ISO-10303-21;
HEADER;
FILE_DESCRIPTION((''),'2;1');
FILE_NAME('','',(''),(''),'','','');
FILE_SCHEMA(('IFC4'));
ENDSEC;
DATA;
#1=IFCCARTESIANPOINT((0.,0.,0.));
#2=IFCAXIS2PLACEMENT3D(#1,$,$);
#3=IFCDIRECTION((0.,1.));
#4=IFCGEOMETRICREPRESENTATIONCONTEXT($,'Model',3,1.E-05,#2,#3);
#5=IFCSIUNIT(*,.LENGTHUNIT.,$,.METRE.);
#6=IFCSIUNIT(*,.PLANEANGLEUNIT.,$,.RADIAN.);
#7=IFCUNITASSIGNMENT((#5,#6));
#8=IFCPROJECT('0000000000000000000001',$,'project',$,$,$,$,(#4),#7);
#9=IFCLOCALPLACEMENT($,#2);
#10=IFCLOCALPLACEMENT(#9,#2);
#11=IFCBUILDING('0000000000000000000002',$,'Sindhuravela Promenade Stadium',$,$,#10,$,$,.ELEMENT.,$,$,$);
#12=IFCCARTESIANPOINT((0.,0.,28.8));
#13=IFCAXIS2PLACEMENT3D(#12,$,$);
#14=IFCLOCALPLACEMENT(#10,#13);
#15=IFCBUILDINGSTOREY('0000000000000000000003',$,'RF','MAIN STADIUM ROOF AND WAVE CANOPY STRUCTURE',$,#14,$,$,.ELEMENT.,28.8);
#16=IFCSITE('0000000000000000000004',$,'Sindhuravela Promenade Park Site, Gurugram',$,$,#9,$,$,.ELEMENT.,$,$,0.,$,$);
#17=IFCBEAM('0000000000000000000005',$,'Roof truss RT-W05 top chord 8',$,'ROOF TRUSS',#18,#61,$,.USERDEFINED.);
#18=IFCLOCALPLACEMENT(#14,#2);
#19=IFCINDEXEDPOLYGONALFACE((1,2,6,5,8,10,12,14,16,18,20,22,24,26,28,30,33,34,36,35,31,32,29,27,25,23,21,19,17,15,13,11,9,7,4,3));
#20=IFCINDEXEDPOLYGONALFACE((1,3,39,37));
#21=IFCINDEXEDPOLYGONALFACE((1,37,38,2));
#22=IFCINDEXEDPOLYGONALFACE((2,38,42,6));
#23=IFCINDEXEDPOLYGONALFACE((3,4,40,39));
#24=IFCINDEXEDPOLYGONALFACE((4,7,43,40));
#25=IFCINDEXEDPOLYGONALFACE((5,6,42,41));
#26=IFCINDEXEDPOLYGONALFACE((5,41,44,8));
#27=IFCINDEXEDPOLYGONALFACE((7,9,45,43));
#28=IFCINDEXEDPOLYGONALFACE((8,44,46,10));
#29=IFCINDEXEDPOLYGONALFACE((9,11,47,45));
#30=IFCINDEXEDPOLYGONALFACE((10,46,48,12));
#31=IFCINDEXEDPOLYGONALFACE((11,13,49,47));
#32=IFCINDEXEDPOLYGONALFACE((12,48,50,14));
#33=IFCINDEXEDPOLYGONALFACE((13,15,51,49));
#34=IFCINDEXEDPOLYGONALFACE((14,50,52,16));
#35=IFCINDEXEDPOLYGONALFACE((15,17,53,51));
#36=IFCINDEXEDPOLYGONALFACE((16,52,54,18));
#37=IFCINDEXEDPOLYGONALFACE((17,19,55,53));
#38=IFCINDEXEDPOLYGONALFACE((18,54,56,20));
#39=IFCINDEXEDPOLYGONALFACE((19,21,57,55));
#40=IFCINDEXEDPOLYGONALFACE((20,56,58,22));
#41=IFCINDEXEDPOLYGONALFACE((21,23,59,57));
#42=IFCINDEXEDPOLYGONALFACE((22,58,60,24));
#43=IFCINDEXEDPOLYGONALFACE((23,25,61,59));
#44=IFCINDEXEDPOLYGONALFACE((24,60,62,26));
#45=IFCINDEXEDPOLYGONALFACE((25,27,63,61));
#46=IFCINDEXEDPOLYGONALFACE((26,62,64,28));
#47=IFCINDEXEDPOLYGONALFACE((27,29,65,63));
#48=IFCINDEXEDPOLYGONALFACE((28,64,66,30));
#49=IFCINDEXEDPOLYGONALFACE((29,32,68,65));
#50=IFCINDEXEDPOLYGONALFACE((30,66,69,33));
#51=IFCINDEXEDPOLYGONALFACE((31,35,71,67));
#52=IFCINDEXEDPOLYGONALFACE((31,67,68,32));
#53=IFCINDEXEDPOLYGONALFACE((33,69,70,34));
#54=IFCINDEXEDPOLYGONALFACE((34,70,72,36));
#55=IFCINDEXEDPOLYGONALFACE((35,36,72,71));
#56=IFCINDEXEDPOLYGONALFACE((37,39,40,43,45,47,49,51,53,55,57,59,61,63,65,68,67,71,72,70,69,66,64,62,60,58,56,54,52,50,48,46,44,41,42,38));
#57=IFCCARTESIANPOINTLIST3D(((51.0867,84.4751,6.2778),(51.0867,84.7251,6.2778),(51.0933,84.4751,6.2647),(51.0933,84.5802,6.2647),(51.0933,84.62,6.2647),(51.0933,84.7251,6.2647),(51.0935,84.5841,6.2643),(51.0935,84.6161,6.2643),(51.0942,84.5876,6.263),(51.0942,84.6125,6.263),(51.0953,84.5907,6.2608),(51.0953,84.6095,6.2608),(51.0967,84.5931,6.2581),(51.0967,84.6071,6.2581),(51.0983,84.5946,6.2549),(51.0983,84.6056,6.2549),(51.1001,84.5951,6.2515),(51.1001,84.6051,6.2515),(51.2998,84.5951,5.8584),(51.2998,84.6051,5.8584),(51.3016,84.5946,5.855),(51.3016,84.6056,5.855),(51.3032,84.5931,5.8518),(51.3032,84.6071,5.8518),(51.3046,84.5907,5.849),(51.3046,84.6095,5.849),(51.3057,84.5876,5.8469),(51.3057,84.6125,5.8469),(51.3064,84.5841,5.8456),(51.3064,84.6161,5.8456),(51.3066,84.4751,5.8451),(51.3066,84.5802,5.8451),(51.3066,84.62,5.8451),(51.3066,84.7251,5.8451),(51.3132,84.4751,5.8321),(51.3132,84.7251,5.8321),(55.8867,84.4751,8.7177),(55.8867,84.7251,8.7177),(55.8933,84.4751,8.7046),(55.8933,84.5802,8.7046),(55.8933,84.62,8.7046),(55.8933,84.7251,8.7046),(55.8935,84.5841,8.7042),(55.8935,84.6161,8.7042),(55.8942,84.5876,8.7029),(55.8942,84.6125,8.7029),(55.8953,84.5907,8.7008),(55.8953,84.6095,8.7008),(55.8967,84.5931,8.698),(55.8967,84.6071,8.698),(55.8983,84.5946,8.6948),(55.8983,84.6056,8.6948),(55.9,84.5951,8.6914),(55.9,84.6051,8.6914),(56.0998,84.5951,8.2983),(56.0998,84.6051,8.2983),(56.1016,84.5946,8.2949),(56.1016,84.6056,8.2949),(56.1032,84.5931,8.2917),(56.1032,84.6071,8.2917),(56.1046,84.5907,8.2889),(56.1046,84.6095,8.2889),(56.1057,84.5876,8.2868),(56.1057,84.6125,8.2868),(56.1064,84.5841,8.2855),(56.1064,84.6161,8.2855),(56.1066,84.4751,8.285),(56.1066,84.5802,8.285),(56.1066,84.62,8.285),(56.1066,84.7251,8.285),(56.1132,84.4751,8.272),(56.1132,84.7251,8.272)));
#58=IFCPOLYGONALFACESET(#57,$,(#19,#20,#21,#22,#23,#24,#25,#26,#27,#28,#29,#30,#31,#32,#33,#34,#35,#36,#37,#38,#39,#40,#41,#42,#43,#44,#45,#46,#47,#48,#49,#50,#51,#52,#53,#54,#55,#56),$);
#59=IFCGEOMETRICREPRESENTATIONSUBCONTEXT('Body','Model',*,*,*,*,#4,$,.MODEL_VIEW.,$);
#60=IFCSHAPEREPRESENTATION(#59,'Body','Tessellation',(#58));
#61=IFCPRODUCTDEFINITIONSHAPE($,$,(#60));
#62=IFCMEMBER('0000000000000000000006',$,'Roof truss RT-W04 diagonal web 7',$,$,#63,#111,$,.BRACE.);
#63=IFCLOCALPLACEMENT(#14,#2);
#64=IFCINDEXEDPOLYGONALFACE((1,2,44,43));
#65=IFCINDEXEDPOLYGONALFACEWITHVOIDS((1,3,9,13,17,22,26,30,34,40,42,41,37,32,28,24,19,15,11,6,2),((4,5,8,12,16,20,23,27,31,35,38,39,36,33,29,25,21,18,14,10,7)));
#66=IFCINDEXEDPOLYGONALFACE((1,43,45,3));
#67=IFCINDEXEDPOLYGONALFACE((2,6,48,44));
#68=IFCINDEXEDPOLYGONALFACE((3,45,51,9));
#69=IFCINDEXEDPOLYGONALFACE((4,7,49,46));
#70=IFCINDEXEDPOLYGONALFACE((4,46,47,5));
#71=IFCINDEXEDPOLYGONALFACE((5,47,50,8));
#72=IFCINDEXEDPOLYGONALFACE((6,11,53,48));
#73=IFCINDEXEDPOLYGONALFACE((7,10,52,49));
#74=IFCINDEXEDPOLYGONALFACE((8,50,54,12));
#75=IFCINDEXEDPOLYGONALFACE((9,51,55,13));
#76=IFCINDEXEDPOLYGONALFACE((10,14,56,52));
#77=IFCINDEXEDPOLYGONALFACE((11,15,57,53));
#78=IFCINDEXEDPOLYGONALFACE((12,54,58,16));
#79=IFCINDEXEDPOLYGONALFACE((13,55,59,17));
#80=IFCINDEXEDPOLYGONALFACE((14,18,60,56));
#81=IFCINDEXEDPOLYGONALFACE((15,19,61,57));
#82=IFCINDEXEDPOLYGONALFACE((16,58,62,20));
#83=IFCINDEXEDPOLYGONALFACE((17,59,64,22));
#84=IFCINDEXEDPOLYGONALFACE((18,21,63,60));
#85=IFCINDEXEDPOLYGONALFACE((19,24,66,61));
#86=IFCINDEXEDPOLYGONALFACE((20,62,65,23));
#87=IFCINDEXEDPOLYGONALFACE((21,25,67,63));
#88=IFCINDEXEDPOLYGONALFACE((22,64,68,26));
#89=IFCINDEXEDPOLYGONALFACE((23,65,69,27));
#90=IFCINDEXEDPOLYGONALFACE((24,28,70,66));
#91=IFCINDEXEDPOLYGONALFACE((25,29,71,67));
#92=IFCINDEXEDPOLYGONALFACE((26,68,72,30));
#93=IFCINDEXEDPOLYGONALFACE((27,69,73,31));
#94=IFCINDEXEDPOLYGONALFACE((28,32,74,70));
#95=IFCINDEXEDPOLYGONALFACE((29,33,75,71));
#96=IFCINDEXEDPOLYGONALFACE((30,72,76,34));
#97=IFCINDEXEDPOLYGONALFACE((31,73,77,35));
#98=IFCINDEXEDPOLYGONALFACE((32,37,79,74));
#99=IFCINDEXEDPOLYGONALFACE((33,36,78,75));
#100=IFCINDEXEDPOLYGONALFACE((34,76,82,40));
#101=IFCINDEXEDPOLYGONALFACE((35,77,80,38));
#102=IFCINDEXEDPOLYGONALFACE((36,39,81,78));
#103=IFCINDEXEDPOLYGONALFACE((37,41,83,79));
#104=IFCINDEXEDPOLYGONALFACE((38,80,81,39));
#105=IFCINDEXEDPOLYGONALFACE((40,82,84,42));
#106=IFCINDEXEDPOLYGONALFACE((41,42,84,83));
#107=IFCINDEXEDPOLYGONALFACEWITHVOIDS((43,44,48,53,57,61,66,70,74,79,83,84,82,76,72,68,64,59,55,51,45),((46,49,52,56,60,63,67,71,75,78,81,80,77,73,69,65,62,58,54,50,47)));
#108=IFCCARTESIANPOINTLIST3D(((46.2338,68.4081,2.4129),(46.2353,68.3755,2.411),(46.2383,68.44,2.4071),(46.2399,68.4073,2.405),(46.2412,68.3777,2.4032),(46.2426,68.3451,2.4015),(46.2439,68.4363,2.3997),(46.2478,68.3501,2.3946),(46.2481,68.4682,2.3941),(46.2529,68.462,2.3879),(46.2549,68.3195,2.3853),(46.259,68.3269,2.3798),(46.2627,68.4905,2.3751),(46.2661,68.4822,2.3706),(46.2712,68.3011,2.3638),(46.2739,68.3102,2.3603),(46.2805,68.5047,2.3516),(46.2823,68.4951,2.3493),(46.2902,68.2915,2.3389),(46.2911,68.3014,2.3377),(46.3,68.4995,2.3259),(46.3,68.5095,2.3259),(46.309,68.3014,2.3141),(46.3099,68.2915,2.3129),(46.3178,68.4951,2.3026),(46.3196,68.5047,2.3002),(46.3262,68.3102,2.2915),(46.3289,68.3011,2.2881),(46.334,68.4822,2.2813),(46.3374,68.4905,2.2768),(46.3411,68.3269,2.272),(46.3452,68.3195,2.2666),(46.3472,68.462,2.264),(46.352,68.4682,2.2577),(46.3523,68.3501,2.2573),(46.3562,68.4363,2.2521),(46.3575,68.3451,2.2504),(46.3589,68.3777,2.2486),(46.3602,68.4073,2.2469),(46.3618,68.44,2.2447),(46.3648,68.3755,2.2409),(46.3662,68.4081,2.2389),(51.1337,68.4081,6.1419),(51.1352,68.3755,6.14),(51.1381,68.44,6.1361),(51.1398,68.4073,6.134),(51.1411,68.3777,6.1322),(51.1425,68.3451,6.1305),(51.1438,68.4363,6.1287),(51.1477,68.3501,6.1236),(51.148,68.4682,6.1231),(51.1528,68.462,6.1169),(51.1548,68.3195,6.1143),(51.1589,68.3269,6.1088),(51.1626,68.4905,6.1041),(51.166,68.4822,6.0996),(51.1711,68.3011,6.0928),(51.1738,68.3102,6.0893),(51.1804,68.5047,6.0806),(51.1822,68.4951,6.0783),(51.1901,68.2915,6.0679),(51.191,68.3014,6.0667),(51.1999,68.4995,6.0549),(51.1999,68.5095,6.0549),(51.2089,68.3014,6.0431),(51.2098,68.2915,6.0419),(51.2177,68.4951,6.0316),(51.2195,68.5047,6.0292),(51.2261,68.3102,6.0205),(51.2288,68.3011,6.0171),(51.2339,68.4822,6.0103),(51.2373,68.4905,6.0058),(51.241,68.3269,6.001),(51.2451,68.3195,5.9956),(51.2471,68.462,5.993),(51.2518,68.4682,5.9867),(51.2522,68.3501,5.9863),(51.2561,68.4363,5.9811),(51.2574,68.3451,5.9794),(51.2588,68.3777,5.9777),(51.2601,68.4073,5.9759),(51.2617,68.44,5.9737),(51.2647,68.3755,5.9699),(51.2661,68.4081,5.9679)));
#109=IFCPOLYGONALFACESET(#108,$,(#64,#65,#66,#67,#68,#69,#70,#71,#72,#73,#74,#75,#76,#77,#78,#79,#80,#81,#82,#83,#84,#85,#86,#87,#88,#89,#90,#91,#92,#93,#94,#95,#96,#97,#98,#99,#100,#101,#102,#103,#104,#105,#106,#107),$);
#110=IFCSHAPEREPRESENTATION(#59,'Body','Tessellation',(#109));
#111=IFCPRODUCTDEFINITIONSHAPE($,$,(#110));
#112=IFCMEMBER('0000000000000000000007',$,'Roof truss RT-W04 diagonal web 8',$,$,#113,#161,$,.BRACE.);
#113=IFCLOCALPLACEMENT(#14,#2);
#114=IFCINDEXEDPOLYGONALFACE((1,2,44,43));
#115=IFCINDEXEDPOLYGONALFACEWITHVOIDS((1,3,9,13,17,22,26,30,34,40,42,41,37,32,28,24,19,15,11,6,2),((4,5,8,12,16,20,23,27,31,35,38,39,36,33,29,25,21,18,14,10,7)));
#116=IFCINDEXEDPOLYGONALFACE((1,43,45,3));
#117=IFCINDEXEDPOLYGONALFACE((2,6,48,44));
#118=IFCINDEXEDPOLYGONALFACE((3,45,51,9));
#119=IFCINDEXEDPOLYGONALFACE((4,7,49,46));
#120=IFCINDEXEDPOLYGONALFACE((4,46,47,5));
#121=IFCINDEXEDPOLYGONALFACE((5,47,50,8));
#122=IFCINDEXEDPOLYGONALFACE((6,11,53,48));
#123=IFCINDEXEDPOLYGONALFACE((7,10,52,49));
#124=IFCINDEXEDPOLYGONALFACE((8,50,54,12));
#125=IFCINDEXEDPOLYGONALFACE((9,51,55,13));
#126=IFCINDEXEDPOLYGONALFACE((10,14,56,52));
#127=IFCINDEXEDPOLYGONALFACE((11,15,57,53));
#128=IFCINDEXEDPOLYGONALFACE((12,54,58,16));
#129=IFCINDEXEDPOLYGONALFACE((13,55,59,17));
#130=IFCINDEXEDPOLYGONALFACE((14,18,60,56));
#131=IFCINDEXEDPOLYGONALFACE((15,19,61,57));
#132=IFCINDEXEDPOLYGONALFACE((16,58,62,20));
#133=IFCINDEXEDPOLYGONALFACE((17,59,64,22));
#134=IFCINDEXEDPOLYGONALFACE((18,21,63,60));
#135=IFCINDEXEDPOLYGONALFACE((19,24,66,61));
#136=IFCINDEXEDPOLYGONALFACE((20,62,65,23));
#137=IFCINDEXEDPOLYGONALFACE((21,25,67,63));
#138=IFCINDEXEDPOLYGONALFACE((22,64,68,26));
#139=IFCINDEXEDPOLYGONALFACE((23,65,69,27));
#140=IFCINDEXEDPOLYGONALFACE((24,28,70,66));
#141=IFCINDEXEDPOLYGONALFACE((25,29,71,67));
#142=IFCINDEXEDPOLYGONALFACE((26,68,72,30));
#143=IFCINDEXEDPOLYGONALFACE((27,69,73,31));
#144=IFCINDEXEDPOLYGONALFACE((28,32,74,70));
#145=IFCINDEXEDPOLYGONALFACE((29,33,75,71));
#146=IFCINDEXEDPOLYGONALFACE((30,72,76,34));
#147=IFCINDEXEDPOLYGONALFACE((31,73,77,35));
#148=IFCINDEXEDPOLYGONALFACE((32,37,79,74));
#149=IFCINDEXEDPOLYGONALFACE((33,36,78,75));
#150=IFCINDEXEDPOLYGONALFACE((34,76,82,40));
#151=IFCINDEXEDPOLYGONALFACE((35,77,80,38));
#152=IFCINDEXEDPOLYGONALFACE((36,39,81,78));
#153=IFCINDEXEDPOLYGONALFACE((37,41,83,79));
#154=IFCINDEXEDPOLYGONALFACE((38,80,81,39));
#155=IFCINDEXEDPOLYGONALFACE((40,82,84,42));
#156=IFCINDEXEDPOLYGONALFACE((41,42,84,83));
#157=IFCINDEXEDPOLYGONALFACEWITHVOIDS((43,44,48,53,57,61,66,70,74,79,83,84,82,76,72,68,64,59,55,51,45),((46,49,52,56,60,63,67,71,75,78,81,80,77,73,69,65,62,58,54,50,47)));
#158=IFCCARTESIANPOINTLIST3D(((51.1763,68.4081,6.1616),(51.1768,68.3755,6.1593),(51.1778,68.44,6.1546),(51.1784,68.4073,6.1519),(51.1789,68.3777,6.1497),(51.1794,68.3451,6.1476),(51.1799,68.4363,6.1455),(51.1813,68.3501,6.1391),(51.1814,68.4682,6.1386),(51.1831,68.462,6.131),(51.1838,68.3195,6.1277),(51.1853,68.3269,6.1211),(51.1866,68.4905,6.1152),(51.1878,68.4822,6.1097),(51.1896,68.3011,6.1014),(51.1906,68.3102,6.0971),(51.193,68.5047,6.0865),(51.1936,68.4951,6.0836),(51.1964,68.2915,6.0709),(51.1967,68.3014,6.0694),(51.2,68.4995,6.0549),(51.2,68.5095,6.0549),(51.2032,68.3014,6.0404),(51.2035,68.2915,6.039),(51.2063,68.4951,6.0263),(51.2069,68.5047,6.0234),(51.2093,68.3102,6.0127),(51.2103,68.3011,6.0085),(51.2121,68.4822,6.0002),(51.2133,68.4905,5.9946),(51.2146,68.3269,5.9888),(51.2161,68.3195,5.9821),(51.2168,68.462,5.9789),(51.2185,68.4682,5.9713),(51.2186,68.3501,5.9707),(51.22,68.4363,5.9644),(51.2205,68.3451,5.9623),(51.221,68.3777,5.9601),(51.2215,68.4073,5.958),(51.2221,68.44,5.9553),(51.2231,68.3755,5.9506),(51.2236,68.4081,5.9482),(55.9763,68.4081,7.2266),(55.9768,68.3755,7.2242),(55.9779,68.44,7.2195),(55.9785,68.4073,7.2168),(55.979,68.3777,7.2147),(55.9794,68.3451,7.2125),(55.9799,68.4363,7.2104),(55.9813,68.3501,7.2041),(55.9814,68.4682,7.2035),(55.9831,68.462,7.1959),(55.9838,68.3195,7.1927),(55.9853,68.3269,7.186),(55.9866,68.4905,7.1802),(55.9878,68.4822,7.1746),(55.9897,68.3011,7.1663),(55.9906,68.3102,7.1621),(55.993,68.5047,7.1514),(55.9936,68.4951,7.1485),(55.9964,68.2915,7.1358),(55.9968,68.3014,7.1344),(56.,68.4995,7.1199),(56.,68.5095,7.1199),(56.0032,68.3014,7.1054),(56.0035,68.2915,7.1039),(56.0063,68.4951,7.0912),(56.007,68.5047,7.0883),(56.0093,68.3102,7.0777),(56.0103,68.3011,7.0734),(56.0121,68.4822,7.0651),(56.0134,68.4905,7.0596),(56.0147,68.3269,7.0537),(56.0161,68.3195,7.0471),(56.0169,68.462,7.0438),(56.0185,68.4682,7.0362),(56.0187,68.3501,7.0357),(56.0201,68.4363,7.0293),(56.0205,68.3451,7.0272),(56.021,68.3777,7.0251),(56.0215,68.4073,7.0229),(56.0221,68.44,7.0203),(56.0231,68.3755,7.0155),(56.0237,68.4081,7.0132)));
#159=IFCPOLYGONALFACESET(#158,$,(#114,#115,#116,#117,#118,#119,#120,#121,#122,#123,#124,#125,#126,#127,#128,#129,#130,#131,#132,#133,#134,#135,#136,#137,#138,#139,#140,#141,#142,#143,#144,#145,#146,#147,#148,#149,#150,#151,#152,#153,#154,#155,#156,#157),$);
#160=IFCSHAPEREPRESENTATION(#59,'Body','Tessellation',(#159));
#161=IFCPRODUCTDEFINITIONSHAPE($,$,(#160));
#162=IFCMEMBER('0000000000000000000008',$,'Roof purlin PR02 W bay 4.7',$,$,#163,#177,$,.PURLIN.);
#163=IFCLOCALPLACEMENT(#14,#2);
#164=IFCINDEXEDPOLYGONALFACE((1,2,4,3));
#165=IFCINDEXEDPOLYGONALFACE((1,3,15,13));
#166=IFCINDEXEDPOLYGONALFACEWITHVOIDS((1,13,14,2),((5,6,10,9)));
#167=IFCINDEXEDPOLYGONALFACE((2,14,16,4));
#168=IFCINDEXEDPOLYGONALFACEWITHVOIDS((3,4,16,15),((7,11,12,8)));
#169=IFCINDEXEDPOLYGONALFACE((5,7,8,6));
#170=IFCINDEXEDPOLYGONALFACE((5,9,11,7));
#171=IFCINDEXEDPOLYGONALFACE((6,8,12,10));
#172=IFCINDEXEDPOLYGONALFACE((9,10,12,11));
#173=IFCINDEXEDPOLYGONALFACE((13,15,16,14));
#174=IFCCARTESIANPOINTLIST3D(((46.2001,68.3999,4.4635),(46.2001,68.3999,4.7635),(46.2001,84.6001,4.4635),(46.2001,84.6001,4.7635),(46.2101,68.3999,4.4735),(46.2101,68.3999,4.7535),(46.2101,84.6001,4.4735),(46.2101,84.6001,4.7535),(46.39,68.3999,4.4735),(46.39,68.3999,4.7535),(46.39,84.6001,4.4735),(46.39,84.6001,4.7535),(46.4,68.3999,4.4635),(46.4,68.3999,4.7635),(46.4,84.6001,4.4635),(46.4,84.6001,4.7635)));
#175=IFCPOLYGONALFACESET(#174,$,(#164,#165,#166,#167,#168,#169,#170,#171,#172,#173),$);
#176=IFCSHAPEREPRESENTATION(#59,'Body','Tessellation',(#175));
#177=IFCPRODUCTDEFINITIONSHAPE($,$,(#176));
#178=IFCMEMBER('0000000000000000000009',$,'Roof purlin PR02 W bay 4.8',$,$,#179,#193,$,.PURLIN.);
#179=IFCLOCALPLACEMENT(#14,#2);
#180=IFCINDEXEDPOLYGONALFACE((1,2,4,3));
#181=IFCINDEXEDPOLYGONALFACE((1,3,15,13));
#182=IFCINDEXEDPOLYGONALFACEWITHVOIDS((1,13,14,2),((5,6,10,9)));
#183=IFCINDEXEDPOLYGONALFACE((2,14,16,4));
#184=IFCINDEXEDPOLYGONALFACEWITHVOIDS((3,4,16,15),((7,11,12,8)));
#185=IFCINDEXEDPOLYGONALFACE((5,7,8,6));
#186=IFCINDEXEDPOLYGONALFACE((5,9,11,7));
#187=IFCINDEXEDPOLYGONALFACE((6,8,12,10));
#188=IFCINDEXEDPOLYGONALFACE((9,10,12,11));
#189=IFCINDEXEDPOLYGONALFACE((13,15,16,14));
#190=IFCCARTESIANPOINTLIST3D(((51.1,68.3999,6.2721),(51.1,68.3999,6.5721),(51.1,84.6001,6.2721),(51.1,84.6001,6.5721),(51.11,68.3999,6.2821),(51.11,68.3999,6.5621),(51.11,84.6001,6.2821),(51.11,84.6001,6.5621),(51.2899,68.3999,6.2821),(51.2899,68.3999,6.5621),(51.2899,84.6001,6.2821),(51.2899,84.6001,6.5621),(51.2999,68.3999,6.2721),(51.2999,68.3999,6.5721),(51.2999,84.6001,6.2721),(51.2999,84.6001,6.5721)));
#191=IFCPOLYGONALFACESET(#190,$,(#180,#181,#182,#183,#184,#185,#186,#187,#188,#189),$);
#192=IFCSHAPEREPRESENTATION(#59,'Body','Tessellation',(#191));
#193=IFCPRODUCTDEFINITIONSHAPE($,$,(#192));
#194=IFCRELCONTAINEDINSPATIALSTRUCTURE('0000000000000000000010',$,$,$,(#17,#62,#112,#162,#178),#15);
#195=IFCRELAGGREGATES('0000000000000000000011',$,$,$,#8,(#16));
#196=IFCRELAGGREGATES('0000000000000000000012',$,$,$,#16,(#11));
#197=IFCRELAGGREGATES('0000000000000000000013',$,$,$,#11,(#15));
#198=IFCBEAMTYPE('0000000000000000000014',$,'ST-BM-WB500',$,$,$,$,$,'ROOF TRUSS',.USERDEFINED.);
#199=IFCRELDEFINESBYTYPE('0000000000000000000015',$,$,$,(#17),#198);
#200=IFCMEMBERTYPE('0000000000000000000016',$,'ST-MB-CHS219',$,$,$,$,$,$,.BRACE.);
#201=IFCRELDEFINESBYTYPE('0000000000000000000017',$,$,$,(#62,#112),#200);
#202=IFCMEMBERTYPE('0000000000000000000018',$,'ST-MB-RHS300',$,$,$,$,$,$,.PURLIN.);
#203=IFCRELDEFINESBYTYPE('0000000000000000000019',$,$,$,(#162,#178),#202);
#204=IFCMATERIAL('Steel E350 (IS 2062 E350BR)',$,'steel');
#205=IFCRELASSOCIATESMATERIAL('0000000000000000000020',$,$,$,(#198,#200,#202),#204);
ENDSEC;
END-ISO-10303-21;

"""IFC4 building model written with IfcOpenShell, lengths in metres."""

from ifc_helpers import new_model, si_unit, direction, frame, origin, origin_2d, place, context, subcontext, project, spatial, hollow_rectangle, hollow_circle, i_section, extrude, material, material_profile, profile_set, type_object, element, save


model = new_model("IFC4")

# Units and contexts
model_context = context("Model", 3, precision=1e-05, world=origin(), true_north=direction((0.0, 1.0)))
body_context = subcontext(model_context, "Body", "Model", "MODEL_VIEW")
ifc_project = project(units=[si_unit("LENGTHUNIT", "METRE"), si_unit("PLANEANGLEUNIT", "RADIAN")], contexts=[model_context])

# Site, building, storey
site_placement = place(None, origin())
site = spatial("IfcSite", under=ifc_project, at=site_placement, Name="Sindhuravela Promenade Park Site, Gurugram", CompositionType="ELEMENT", RefElevation=0.0)
building_placement = place(site_placement, origin())
building = spatial("IfcBuilding", under=site, at=building_placement, Name="Sindhuravela Promenade Stadium", CompositionType="ELEMENT")
storey_placement = place(building_placement, frame((0.0, 0.0, 28.8)))
storey = spatial("IfcBuildingStorey", under=building, at=storey_placement, Name="RF", Description="MAIN STADIUM ROOF AND WAVE CANOPY STRUCTURE", CompositionType="ELEMENT", Elevation=28.8)

# Beam
ifc_material_1 = material(Name="Steel E350 (IS 2062 E350BR)", Category="steel")
ifc_material_profile_1 = material_profile(ifc_material_1, i_section(OverallWidth=0.25, OverallDepth=0.5, WebThickness=0.01, FlangeThickness=0.0146, FilletRadius=0.0149, at=origin_2d()), Name="ISWB 500")
ifc_profile_set_1 = profile_set([ifc_material_profile_1], Name="Steel E350 (IS 2062 E350BR)")
beam_type = type_object("IfcBeamType", Name="ST-BM-WB500", ElementType="ROOF TRUSS", PredefinedType="USERDEFINED", material=ifc_profile_set_1)
beam_1_placement = place(storey_placement, frame((51.2, 84.6001, 6.0549), z_axis=(0.891442, 0.0, 0.453134), x_axis=(0.0, 1.0, 0.0)))
element("IfcBeam", 1, at=beam_1_placement, inside=storey, type_object=beam_type, Name="Roof truss RT-W05 top chord 8", ObjectType="ROOF TRUSS", PredefinedType="USERDEFINED", context=body_context, shape_type="SweptSolid", body=[
    extrude(i_section(OverallWidth=0.25, OverallDepth=0.5, WebThickness=0.01, FlangeThickness=0.0146, FilletRadius=0.0149, at=origin_2d()), origin(), (0.0, 0.0, 1.0), 5.3845),
])

# Members
ifc_material_profile_2 = material_profile(ifc_material_1, hollow_circle(Radius=0.1096, WallThickness=0.01, at=origin_2d()), Name="CHS 219.1x10")
ifc_profile_set_2 = profile_set([ifc_material_profile_2], Name="Steel E350 (IS 2062 E350BR)")
member_type_1 = type_object("IfcMemberType", Name="ST-MB-CHS219", PredefinedType="BRACE", material=ifc_profile_set_2)
member_1_placement = place(storey_placement, frame((46.3, 68.3999, 2.3259), z_axis=(0.795765, 0.0, 0.605606), x_axis=(0.0, 1.0, 0.0)))
element("IfcMember", 2, at=member_1_placement, inside=storey, type_object=member_type_1, Name="Roof truss RT-W04 diagonal web 7", PredefinedType="BRACE", context=body_context, shape_type="SweptSolid", body=[
    extrude(hollow_circle(Radius=0.1096, WallThickness=0.01, at=origin_2d()), origin(), (0.0, 0.0, 1.0), 6.1575),
])
member_2_placement = place(storey_placement, frame((51.2, 68.3999, 6.0549), z_axis=(0.976262, 0.0, 0.216594), x_axis=(0.0, 1.0, 0.0)))
element("IfcMember", 3, at=member_2_placement, inside=storey, type_object=member_type_1, Name="Roof truss RT-W04 diagonal web 8", PredefinedType="BRACE", context=body_context, shape_type="SweptSolid", body=[
    extrude(hollow_circle(Radius=0.1096, WallThickness=0.01, at=origin_2d()), origin(), (0.0, 0.0, 1.0), 4.9167),
])
ifc_material_profile_3 = material_profile(ifc_material_1, hollow_rectangle(XDim=0.2, YDim=0.3, WallThickness=0.01, at=origin_2d()), Name="RHS 300x200x10")
ifc_profile_set_3 = profile_set([ifc_material_profile_3], Name="Steel E350 (IS 2062 E350BR)")
member_type_2 = type_object("IfcMemberType", Name="ST-MB-RHS300", PredefinedType="PURLIN", material=ifc_profile_set_3)
for number, where, z_axis, x_axis, name in (
    (4, (46.3, 68.3999, 4.6135), (0.0, 1.0, 0.0), (-1.0, 0.0, 0.0), "Roof purlin PR02 W bay 4.7"),
    (5, (51.2, 68.3999, 6.4221), (0.0, 1.0, 0.0), (-1.0, 0.0, 0.0), "Roof purlin PR02 W bay 4.8"),
):
    element("IfcMember", number, at=place(storey_placement, frame(where, z_axis=z_axis, x_axis=x_axis)), inside=storey, type_object=member_type_2, Name=name, PredefinedType="PURLIN", context=body_context, shape_type="SweptSolid", body=[
        extrude(hollow_rectangle(XDim=0.2, YDim=0.3, WallThickness=0.01, at=origin_2d()), origin(), (0.0, 0.0, 1.0), 16.2002),
    ])

save(model, "model.ifc")
